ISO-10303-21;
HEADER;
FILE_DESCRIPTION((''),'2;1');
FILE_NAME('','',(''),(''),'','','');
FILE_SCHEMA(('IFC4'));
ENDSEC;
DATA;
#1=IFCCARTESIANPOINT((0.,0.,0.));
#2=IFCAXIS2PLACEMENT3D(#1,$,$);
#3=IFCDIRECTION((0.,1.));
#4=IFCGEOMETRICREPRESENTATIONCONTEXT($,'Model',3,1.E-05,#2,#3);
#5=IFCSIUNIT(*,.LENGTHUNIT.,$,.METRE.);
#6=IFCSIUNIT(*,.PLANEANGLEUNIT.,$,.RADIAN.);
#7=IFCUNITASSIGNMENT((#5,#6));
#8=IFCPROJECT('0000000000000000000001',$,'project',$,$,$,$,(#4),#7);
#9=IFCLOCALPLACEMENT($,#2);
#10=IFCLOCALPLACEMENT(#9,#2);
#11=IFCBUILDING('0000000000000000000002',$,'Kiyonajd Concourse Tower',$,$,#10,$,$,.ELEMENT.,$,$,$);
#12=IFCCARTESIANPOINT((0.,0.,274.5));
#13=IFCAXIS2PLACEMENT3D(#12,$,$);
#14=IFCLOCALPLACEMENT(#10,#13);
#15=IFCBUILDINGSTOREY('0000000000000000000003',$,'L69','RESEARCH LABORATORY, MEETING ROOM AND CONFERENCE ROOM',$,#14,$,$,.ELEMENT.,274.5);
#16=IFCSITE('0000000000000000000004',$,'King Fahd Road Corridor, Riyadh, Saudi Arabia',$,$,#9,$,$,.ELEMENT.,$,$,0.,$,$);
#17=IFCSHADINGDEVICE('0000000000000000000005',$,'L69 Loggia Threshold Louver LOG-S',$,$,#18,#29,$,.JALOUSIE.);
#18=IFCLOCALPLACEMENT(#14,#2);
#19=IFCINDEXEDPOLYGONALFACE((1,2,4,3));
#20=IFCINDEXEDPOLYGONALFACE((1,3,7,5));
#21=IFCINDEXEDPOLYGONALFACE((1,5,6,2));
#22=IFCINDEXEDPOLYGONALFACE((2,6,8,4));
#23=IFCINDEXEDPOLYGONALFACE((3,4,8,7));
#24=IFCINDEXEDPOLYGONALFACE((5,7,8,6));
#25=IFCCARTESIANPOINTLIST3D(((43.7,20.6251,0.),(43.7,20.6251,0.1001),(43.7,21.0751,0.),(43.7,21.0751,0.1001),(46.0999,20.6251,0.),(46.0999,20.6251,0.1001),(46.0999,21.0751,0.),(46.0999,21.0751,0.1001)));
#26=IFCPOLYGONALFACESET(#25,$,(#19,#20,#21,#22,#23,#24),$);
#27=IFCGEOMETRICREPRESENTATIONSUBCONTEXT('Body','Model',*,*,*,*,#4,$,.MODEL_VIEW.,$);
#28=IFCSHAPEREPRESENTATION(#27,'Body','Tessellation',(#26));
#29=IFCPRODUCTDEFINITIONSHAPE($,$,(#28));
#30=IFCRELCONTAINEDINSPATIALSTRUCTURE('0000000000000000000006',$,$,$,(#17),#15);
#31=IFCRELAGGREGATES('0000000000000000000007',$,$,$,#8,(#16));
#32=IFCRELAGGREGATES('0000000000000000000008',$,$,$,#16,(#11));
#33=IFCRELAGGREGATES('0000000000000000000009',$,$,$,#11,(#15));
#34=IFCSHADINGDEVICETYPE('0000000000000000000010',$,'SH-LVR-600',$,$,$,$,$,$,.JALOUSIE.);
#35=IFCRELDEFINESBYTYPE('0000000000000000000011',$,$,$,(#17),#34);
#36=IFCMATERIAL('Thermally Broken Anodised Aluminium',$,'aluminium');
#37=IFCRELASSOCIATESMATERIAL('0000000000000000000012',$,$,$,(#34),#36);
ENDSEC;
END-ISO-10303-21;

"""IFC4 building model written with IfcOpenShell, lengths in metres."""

from ifc_helpers import new_model, si_unit, direction, frame, origin, origin_2d, place, context, subcontext, project, spatial, rectangle, extrude, material, type_object, element, save


model = new_model("IFC4")

# Units and contexts
model_context = context("Model", 3, precision=1e-05, world=origin(), true_north=direction((0.0, 1.0)))
body_context = subcontext(model_context, "Body", "Model", "MODEL_VIEW")
ifc_project = project(units=[si_unit("LENGTHUNIT", "METRE"), si_unit("PLANEANGLEUNIT", "RADIAN")], contexts=[model_context])

# Site, building, storey
site_placement = place(None, origin())
site = spatial("IfcSite", under=ifc_project, at=site_placement, Name="King Fahd Road Corridor, Riyadh, Saudi Arabia", CompositionType="ELEMENT", RefElevation=0.0)
building_placement = place(site_placement, origin())
building = spatial("IfcBuilding", under=site, at=building_placement, Name="Kiyonajd Concourse Tower", CompositionType="ELEMENT")
storey_placement = place(building_placement, frame((0.0, 0.0, 274.5)))
storey = spatial("IfcBuildingStorey", under=building, at=storey_placement, Name="L69", Description="RESEARCH LABORATORY, MEETING ROOM AND CONFERENCE ROOM", CompositionType="ELEMENT", Elevation=274.5)

# Shared definitions
ifc_material_1 = material(Name="Thermally Broken Anodised Aluminium", Category="aluminium")

# Shading device
shading_device_type_1 = type_object("IfcShadingDeviceType", Name="SH-LVR-600", PredefinedType="JALOUSIE", material=ifc_material_1)
shading_device_1_placement = place(storey_placement, frame((44.8999, 20.8501, 0.0), z_axis=(0.0, 0.0, 1.0), x_axis=(1.0, 0.0, 0.0)))
element("IfcShadingDevice", 1, at=shading_device_1_placement, inside=storey, type_object=shading_device_type_1, Name="L69 Loggia Threshold Louver LOG-S", PredefinedType="JALOUSIE", context=body_context, shape_type="SweptSolid", body=[
    extrude(rectangle(XDim=2.3999, YDim=0.45, at=origin_2d()), origin(), (0.0, 0.0, 1.0), 0.1001),
])

save(model, "model.ifc")
